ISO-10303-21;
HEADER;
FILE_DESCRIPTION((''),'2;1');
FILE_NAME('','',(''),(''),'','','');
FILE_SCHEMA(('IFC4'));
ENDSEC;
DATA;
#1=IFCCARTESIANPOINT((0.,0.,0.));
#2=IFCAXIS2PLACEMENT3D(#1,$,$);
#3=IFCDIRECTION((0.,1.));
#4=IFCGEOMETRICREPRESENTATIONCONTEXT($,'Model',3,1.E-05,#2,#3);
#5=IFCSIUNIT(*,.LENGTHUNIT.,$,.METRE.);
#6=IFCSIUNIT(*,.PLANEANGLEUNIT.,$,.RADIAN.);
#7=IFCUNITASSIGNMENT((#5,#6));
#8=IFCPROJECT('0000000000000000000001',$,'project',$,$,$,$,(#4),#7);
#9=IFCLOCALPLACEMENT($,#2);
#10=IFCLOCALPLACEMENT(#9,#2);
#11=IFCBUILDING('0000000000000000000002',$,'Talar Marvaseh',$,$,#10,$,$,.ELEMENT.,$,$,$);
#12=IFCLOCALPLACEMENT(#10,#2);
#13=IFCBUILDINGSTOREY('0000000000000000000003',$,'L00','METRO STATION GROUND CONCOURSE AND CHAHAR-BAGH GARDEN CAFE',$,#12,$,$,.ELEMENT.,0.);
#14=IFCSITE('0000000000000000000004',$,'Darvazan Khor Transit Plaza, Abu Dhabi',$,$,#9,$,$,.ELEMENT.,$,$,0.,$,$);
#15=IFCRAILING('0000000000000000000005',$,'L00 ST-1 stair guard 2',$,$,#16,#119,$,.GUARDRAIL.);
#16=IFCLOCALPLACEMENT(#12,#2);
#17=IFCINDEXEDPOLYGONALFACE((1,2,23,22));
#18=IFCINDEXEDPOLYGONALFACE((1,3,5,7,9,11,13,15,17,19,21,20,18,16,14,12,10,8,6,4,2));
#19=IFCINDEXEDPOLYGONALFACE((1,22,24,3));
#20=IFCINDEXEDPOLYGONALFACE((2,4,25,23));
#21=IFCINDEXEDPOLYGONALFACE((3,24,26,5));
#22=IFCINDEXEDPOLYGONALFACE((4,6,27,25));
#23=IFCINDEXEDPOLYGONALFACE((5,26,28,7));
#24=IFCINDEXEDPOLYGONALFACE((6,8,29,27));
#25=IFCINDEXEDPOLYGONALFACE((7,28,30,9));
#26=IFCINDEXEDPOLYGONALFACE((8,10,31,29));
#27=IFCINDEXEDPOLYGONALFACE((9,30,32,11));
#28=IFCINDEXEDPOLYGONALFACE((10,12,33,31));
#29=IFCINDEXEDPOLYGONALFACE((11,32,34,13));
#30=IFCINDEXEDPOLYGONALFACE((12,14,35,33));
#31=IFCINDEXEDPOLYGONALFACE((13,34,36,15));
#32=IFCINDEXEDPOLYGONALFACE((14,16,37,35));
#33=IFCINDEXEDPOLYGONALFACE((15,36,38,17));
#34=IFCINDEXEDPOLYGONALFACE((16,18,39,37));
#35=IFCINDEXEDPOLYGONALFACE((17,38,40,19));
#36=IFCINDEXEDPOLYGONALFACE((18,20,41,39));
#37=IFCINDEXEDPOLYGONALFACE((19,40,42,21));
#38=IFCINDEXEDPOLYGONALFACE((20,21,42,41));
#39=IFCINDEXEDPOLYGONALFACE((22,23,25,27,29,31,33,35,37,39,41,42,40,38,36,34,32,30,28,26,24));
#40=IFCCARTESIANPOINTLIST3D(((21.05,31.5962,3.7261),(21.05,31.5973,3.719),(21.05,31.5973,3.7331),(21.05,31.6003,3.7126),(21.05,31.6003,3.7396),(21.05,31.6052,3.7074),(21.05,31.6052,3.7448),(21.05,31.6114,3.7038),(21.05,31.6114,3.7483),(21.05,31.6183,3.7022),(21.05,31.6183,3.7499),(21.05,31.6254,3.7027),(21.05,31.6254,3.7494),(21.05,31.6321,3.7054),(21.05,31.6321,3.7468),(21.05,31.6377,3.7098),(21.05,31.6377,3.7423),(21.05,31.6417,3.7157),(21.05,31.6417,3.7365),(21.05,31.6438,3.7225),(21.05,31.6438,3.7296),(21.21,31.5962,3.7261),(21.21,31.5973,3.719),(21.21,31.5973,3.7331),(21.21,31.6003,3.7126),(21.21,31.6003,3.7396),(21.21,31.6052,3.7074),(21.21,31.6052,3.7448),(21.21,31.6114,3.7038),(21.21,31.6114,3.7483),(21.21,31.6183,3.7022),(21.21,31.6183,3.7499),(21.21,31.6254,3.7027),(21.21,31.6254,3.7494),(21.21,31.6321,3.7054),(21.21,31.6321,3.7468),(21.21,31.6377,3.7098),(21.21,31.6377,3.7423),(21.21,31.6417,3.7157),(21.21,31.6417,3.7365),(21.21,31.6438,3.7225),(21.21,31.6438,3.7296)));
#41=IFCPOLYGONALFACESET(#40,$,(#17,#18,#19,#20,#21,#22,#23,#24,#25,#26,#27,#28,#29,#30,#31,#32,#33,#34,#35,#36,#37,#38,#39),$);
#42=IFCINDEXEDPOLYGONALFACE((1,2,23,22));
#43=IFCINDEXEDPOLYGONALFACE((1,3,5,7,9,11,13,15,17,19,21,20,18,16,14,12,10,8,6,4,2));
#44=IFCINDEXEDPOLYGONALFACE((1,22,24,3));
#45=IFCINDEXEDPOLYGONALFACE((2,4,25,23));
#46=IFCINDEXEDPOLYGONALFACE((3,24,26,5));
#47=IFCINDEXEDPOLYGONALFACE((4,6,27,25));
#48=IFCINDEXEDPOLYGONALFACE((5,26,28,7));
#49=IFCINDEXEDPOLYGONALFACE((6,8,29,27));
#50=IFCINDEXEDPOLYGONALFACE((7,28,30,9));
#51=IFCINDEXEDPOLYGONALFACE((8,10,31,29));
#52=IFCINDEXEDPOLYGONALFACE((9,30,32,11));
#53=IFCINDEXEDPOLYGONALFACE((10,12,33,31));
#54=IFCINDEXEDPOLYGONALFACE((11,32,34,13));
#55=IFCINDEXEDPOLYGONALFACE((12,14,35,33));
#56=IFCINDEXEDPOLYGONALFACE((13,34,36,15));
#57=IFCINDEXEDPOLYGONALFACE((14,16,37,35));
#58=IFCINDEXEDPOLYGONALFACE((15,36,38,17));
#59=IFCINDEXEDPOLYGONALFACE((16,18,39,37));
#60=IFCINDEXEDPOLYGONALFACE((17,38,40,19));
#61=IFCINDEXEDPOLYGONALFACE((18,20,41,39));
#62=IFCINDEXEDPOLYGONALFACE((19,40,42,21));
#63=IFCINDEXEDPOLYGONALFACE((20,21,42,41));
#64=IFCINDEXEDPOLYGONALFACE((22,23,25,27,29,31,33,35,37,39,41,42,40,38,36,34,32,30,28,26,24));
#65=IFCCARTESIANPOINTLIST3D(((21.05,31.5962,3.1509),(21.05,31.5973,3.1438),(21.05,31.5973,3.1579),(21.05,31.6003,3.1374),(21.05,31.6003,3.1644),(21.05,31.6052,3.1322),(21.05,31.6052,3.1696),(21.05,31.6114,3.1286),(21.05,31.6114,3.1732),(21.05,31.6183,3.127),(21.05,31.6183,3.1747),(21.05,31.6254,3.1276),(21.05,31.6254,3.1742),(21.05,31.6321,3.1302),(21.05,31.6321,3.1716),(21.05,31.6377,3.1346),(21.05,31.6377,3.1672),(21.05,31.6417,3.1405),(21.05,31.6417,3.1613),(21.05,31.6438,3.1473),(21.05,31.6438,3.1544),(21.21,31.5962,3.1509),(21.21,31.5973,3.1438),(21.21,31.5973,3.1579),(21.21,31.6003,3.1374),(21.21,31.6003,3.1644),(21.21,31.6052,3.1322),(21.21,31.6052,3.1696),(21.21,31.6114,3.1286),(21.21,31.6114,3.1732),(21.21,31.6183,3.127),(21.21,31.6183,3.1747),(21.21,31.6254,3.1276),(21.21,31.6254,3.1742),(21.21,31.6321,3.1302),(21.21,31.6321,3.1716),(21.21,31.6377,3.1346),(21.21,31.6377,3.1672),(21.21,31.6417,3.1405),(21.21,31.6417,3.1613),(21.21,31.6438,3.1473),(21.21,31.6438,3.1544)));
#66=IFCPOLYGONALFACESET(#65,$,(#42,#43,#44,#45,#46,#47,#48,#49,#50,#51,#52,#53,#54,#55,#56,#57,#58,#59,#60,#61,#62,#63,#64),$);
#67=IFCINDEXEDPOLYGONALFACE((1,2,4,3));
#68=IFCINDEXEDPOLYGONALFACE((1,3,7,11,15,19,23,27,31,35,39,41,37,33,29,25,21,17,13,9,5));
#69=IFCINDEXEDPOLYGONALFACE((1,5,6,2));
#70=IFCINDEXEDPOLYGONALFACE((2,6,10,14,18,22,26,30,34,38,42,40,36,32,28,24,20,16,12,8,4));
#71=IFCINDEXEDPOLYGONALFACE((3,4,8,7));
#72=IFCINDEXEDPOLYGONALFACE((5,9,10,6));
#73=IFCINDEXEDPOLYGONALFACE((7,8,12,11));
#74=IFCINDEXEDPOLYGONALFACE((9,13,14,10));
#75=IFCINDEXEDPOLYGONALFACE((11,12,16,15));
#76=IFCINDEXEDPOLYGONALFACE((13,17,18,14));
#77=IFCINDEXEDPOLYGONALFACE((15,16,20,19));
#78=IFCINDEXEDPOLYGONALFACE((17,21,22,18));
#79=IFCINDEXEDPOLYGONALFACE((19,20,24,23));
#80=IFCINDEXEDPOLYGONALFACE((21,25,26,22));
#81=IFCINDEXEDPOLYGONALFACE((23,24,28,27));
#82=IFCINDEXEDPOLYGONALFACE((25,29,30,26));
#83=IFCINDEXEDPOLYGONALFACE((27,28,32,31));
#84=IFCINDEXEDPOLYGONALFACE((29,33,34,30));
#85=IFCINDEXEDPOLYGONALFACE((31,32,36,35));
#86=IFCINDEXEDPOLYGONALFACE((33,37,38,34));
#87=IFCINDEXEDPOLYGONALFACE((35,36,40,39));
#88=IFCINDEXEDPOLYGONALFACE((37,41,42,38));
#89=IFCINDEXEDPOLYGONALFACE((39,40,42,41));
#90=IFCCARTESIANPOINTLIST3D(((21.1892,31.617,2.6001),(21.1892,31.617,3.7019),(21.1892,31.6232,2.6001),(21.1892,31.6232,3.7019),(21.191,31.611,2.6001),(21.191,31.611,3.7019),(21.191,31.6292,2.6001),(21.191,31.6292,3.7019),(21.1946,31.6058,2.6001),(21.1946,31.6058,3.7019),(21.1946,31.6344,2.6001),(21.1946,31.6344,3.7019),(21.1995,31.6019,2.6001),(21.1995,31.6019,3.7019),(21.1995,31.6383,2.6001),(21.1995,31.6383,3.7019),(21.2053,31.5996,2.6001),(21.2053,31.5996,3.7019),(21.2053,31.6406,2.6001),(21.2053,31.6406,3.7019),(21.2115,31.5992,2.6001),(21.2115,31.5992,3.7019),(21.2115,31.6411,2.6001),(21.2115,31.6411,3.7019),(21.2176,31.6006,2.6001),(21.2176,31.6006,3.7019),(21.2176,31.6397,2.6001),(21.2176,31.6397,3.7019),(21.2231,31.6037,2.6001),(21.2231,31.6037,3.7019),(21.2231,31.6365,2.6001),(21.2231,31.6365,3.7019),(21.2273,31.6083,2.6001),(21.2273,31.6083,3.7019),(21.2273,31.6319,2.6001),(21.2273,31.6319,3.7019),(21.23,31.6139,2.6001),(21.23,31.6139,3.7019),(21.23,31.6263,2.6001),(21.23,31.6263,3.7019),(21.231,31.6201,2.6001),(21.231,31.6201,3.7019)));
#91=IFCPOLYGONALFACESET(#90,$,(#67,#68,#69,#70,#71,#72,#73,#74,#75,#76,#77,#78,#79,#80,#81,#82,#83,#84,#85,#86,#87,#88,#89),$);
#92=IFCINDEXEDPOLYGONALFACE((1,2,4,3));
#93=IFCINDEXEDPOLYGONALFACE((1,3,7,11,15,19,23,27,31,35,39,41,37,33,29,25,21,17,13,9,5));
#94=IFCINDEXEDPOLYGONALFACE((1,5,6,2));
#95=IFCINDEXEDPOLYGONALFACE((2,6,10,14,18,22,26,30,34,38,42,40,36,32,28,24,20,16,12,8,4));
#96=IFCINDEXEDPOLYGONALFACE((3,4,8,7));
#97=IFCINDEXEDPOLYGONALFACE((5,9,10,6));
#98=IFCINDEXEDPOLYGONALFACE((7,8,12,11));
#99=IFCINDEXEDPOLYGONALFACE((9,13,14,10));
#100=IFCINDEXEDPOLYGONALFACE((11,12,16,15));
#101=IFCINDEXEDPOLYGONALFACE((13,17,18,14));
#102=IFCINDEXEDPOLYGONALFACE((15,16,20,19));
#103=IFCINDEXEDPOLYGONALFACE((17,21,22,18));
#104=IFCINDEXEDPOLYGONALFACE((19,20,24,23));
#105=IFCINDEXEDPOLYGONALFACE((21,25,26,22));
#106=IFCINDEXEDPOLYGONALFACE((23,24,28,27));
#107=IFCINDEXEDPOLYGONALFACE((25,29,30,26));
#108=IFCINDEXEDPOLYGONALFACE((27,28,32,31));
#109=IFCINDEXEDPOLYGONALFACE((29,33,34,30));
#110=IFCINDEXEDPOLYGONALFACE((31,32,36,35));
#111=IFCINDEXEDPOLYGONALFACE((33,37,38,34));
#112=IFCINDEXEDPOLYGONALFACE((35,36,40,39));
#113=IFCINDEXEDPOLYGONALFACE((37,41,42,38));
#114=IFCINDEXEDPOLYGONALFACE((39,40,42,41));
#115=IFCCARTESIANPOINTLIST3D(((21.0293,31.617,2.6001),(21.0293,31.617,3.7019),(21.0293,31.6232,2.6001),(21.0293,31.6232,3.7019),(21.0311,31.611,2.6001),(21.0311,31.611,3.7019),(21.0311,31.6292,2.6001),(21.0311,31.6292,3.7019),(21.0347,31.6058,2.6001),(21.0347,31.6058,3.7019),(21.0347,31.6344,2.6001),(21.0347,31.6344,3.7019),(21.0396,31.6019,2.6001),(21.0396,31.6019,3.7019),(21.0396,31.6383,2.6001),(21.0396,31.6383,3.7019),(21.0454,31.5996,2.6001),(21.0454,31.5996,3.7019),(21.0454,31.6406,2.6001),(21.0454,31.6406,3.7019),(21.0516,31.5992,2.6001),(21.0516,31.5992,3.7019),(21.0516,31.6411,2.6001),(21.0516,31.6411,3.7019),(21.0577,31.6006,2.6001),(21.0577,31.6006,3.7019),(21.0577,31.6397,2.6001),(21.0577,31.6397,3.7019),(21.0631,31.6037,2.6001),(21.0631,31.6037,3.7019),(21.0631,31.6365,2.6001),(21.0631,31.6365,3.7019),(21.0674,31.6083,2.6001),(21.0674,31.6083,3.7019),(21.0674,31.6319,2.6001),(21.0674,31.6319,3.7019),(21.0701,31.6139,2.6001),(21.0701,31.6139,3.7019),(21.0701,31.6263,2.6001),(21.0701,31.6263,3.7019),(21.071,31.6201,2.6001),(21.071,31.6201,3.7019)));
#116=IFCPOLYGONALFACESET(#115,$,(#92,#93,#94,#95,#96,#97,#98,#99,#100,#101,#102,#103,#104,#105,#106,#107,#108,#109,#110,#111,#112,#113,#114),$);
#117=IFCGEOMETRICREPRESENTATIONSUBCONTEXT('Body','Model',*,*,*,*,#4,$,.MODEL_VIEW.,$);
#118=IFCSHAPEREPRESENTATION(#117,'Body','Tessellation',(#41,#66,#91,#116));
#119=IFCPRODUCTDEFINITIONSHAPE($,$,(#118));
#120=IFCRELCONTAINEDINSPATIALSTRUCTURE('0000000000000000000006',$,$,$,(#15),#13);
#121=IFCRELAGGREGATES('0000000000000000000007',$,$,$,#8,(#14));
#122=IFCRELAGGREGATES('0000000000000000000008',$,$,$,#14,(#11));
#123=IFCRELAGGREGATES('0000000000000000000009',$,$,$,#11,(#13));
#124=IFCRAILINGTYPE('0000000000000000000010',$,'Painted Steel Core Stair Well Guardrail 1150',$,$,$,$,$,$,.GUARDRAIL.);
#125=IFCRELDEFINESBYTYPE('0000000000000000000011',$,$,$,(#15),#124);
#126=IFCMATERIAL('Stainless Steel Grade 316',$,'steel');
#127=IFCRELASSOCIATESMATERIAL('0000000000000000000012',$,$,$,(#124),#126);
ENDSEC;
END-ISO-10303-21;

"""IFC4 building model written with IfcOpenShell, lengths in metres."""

from ifc_helpers import new_model, si_unit, direction, frame, origin, origin_2d, place, context, subcontext, project, spatial, circle, extrude, material, type_object, element, save


model = new_model("IFC4")

# Units and contexts
model_context = context("Model", 3, precision=1e-05, world=origin(), true_north=direction((0.0, 1.0)))
body_context = subcontext(model_context, "Body", "Model", "MODEL_VIEW")
ifc_project = project(units=[si_unit("LENGTHUNIT", "METRE"), si_unit("PLANEANGLEUNIT", "RADIAN")], contexts=[model_context])

# Site, building, storey
site_placement = place(None, origin())
site = spatial("IfcSite", under=ifc_project, at=site_placement, Name="Darvazan Khor Transit Plaza, Abu Dhabi", CompositionType="ELEMENT", RefElevation=0.0)
building_placement = place(site_placement, origin())
building = spatial("IfcBuilding", under=site, at=building_placement, Name="Talar Marvaseh", CompositionType="ELEMENT")
storey_placement = place(building_placement, origin())
storey = spatial("IfcBuildingStorey", under=building, at=storey_placement, Name="L00", Description="METRO STATION GROUND CONCOURSE AND CHAHAR-BAGH GARDEN CAFE", CompositionType="ELEMENT", Elevation=0.0)

# Shared definitions
ifc_material_1 = material(Name="Stainless Steel Grade 316", Category="steel")

# Railing
railing_type_1 = type_object("IfcRailingType", Name="Painted Steel Core Stair Well Guardrail 1150", PredefinedType="GUARDRAIL", material=ifc_material_1)
railing_1_placement = place(storey_placement, frame((21.21, 31.6201, 2.6001)))
element("IfcRailing", 1, at=railing_1_placement, inside=storey, type_object=railing_type_1, Name="L00 ST-1 stair guard 2", PredefinedType="GUARDRAIL", context=body_context, shape_type="SweptSolid", body=[
    extrude(circle(Radius=0.0239, at=origin_2d()), frame((0.0, 0.0, 1.126), z_axis=(-1.0, 0.0, 0.0), x_axis=(0.0, -1.0, 0.0)), (0.0, 0.0, 1.0), 0.1599),
    extrude(circle(Radius=0.0239, at=origin_2d()), frame((0.0, 0.0, 0.5508), z_axis=(-1.0, 0.0, 0.0), x_axis=(0.0, -1.0, 0.0)), (0.0, 0.0, 1.0), 0.1599),
    extrude(circle(Radius=0.021, at=origin_2d()), origin(), (0.0, 0.0, 1.0), 1.1018),
    extrude(circle(Radius=0.021, at=origin_2d()), frame((-0.1599, 0.0, 0.0)), (0.0, 0.0, 1.0), 1.1018),
])

save(model, "model.ifc")
